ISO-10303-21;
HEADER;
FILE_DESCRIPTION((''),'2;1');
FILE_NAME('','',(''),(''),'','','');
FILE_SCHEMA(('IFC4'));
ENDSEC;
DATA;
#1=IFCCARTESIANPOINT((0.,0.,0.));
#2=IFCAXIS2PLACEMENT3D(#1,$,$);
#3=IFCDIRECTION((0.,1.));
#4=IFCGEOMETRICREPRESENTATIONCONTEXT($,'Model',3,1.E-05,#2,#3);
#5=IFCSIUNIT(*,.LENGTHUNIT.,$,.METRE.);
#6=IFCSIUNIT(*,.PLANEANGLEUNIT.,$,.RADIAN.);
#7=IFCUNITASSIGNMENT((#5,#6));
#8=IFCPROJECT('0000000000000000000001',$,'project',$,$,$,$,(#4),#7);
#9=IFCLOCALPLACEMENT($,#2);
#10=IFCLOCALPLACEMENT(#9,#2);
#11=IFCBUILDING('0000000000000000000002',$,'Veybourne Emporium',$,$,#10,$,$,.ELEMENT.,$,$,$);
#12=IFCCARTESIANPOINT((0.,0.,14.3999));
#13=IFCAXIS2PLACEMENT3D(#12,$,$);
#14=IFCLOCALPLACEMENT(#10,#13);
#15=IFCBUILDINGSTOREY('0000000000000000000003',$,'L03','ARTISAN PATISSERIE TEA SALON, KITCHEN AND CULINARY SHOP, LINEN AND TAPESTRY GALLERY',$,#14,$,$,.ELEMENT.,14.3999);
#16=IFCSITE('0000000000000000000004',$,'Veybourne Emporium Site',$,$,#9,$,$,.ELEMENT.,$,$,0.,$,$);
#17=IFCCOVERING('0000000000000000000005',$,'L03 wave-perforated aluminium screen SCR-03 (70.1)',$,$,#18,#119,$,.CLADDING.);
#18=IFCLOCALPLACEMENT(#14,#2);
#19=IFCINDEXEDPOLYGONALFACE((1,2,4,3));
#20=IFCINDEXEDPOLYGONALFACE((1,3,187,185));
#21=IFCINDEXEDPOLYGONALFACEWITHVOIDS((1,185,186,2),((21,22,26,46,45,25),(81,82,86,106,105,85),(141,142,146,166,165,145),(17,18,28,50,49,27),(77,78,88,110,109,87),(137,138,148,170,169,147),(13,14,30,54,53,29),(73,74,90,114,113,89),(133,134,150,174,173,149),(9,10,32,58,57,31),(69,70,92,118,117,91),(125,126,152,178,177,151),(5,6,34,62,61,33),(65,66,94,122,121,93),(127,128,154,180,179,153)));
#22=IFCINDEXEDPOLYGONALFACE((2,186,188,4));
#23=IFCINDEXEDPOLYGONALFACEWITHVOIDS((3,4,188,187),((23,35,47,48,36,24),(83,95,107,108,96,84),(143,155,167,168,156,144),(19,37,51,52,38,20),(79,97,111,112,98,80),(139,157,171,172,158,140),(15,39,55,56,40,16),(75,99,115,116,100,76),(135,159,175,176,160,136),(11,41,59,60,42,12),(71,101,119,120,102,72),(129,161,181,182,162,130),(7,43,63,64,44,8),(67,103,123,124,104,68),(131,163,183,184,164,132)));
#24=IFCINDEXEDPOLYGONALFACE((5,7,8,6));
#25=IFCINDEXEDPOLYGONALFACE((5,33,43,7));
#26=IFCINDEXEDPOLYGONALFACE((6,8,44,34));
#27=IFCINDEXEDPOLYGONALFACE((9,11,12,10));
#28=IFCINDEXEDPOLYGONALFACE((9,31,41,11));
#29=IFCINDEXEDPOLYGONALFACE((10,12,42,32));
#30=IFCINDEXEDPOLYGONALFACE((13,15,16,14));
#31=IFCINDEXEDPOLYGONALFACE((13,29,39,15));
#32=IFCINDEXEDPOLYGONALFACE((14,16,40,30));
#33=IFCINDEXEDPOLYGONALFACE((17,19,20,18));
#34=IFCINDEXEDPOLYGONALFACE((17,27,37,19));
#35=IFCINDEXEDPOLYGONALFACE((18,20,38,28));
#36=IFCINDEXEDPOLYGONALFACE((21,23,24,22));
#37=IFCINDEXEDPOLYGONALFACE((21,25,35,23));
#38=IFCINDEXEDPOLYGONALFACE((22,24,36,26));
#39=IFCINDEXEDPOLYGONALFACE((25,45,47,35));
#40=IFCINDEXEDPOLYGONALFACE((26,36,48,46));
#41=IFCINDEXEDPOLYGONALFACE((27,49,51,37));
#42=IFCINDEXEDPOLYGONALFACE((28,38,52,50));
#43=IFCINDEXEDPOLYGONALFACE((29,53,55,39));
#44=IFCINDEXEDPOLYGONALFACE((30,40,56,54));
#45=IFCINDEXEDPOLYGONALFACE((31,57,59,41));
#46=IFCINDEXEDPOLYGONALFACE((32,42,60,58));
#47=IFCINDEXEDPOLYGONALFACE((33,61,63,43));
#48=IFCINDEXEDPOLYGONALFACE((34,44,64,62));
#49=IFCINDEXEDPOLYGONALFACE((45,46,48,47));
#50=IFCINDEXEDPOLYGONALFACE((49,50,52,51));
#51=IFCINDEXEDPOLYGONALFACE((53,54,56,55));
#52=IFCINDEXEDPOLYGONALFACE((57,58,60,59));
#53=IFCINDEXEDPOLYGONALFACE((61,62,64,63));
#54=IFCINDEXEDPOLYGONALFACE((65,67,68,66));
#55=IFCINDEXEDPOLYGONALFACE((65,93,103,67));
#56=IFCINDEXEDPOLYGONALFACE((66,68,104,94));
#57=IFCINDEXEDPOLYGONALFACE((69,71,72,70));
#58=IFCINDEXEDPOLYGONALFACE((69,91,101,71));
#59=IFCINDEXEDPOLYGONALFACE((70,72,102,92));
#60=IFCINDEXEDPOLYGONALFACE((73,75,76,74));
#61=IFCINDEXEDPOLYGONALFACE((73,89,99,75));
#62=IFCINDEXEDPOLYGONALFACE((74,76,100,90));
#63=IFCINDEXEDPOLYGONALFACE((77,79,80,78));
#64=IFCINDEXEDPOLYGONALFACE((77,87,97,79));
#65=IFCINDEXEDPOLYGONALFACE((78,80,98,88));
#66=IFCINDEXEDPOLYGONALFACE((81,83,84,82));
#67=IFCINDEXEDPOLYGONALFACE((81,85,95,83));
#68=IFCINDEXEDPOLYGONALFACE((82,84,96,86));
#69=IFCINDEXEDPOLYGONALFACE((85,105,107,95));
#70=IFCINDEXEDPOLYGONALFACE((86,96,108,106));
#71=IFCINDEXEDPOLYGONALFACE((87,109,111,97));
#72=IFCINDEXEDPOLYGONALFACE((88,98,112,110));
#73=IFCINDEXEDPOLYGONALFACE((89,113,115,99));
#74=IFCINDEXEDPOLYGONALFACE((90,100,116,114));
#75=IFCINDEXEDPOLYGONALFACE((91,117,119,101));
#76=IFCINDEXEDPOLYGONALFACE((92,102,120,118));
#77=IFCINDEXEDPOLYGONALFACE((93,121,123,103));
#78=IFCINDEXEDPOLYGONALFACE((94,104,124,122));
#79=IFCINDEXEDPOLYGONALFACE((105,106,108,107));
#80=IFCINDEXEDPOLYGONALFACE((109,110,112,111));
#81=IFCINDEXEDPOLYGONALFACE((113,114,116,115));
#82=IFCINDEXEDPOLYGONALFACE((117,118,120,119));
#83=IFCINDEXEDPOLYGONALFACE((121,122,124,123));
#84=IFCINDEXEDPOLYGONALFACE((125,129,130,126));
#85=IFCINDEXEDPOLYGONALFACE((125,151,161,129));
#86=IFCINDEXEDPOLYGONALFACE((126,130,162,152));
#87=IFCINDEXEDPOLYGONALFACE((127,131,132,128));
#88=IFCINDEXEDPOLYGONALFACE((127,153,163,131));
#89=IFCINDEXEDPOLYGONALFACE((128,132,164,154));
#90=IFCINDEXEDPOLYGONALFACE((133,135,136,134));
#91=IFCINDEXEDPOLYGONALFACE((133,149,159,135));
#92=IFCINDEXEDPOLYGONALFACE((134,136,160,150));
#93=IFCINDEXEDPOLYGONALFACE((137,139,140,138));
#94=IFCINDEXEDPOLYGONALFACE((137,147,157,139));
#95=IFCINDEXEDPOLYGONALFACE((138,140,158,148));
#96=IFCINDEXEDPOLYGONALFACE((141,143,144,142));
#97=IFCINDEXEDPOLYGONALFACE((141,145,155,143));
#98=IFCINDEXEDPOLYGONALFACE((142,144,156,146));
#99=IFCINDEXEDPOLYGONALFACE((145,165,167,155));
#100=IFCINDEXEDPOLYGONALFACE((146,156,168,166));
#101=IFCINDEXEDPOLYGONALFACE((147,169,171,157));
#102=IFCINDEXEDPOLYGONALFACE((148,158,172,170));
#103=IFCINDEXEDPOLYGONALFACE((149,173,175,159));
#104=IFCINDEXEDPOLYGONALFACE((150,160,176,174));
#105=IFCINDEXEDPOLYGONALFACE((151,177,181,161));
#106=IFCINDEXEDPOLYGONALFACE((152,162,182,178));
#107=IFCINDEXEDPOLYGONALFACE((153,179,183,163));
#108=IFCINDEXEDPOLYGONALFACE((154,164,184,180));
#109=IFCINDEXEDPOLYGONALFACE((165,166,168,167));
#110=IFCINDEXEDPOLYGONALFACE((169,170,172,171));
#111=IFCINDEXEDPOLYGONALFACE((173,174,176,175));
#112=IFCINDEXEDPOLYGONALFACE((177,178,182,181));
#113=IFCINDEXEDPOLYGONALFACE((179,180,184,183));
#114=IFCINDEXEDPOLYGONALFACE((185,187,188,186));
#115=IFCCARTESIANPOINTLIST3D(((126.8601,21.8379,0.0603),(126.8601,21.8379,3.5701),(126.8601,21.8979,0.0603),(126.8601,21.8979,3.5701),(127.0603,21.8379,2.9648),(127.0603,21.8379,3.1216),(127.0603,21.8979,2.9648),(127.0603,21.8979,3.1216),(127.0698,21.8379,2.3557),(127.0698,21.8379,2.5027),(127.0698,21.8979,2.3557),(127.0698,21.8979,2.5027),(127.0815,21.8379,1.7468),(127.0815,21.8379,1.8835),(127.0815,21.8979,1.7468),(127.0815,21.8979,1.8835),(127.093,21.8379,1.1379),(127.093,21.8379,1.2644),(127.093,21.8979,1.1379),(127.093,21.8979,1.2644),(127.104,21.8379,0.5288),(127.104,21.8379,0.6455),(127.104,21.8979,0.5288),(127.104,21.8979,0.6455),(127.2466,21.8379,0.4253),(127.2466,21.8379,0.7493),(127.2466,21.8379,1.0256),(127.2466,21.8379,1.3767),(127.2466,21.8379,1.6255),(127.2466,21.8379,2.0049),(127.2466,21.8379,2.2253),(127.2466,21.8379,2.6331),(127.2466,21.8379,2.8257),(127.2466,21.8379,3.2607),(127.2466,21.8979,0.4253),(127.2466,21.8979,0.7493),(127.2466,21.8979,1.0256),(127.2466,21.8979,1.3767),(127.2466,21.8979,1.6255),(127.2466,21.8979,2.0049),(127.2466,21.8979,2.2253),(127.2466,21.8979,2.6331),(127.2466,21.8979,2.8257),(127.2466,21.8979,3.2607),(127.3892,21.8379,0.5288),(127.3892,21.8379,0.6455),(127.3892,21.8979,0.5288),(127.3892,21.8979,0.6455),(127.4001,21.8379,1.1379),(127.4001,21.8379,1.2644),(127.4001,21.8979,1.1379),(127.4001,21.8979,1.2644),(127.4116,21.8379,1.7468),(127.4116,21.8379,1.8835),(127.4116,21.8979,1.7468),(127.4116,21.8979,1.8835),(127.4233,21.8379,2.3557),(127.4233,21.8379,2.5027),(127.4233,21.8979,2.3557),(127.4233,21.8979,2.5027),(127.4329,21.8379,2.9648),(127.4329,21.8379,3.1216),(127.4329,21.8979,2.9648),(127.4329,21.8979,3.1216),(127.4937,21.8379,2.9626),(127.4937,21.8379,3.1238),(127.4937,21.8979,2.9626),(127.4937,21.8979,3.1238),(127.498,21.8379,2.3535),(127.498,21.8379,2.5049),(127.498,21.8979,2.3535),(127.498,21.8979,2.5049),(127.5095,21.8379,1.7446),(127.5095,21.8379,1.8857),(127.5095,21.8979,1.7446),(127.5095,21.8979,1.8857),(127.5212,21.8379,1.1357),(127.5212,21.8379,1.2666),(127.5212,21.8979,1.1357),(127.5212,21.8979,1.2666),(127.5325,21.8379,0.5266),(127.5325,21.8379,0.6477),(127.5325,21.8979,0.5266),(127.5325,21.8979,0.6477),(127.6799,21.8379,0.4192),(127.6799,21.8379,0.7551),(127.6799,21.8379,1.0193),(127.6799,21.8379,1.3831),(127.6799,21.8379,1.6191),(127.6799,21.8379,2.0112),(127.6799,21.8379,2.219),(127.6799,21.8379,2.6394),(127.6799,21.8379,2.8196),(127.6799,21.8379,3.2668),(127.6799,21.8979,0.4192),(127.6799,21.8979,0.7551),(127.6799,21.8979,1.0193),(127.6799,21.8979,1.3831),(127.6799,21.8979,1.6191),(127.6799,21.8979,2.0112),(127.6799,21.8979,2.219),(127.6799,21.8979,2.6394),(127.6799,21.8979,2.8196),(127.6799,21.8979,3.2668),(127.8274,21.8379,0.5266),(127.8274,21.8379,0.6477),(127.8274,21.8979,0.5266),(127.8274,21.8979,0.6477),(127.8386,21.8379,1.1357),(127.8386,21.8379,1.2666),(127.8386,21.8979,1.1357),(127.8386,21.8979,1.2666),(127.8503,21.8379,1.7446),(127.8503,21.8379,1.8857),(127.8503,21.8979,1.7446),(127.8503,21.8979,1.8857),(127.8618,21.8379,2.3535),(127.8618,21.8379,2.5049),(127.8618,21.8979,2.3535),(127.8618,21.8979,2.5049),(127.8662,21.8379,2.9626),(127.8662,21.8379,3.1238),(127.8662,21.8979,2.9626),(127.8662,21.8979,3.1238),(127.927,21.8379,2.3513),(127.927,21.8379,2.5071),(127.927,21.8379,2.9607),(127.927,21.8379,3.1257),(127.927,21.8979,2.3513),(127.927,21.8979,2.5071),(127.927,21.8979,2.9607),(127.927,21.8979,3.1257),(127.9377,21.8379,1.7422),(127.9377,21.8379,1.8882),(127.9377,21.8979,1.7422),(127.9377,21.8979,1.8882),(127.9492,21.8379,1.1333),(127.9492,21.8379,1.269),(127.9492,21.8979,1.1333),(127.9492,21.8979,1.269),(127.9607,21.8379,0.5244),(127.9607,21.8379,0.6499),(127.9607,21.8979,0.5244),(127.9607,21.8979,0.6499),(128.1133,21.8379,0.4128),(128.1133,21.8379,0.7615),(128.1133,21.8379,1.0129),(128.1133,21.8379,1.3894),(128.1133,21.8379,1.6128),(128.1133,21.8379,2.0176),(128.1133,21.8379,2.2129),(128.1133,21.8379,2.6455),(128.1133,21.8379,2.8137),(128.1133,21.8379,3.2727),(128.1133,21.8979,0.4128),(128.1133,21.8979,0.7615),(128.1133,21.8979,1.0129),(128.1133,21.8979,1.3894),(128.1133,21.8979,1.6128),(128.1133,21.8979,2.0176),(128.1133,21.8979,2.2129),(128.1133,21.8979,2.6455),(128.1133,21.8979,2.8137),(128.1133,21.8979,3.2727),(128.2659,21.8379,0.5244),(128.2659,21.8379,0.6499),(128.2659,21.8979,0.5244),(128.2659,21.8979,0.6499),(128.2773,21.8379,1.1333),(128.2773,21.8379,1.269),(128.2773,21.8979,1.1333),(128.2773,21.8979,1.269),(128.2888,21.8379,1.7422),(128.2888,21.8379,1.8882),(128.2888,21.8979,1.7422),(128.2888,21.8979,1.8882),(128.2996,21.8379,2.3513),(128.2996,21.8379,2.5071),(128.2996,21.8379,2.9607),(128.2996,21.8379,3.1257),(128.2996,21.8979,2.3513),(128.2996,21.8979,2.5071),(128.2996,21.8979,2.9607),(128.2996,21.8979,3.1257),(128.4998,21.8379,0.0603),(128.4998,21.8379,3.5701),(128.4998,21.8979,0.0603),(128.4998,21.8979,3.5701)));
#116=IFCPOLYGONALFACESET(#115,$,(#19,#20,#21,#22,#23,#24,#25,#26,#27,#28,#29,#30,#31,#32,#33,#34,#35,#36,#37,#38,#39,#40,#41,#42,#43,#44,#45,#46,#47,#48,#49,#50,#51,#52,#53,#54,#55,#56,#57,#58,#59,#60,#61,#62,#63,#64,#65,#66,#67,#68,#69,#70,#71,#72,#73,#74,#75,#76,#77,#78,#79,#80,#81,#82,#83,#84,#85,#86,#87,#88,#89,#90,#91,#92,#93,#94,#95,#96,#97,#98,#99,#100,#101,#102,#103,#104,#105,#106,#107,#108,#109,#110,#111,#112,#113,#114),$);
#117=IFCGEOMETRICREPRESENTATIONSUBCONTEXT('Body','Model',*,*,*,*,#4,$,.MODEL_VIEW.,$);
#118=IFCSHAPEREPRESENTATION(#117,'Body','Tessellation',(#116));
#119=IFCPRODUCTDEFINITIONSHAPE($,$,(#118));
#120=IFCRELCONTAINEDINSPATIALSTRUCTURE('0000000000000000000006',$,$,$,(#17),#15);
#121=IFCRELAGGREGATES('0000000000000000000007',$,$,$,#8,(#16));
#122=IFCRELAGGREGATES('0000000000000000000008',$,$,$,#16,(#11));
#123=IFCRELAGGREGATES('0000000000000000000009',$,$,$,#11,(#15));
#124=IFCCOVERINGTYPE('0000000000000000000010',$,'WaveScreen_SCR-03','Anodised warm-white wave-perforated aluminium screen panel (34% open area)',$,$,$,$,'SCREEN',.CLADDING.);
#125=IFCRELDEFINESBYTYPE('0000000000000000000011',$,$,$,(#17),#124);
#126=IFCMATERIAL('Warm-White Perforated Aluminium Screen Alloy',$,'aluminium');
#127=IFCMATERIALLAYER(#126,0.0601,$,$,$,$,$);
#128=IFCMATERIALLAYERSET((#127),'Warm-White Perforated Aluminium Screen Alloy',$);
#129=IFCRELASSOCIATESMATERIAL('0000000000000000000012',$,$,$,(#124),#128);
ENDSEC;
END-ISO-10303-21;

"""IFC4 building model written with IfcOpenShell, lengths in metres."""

from ifc_helpers import new_model, si_unit, direction, frame, origin, place, context, subcontext, project, spatial, polyline, outline, extrude, material, layer, layer_set, type_object, element, save


model = new_model("IFC4")

# Units and contexts
model_context = context("Model", 3, precision=1e-05, world=origin(), true_north=direction((0.0, 1.0)))
body_context = subcontext(model_context, "Body", "Model", "MODEL_VIEW")
ifc_project = project(units=[si_unit("LENGTHUNIT", "METRE"), si_unit("PLANEANGLEUNIT", "RADIAN")], contexts=[model_context])

# Site, building, storey
site_placement = place(None, origin())
site = spatial("IfcSite", under=ifc_project, at=site_placement, Name="Veybourne Emporium Site", CompositionType="ELEMENT", RefElevation=0.0)
building_placement = place(site_placement, origin())
building = spatial("IfcBuilding", under=site, at=building_placement, Name="Veybourne Emporium", CompositionType="ELEMENT")
storey_placement = place(building_placement, frame((0.0, 0.0, 14.3999)))
storey = spatial("IfcBuildingStorey", under=building, at=storey_placement, Name="L03", Description="ARTISAN PATISSERIE TEA SALON, KITCHEN AND CULINARY SHOP, LINEN AND TAPESTRY GALLERY", CompositionType="ELEMENT", Elevation=14.3999)

# Covering
ifc_material_1 = material(Name="Warm-White Perforated Aluminium Screen Alloy", Category="aluminium")
ifc_layer_1 = layer(ifc_material_1, 0.0601)
ifc_layer_set_1 = layer_set([ifc_layer_1], Name="Warm-White Perforated Aluminium Screen Alloy")
covering_type_1 = type_object("IfcCoveringType", Name="WaveScreen_SCR-03", Description="Anodised warm-white wave-perforated aluminium screen panel (34% open area)", ElementType="SCREEN", PredefinedType="CLADDING", material=ifc_layer_set_1)
covering_1_placement = place(storey_placement, frame((127.6799, 21.8979, 1.8152), z_axis=(0.0, -1.0, 0.0), x_axis=(1.0, 0.0, 0.0)))
element("IfcCovering", 1, at=covering_1_placement, inside=storey, type_object=covering_type_1, Name="L03 wave-perforated aluminium screen SCR-03 (70.1)", PredefinedType="CLADDING", context=body_context, shape_type="SweptSolid", body=[
    extrude(outline(polyline([(-0.8198, -1.7549), (0.8198, -1.7549), (0.8198, 1.7549), (-0.8198, 1.7549), (-0.8198, -1.7549)]), holes=[polyline([(-0.4333, -1.0659), (-0.2908, -1.1697), (-0.2908, -1.2864), (-0.4333, -1.3899), (-0.5759, -1.2864), (-0.5759, -1.1697), (-0.4333, -1.0659)]), polyline([(-0.4333, -0.4385), (-0.2798, -0.5508), (-0.2798, -0.6772), (-0.4333, -0.7896), (-0.5869, -0.6772), (-0.5869, -0.5508), (-0.4333, -0.4385)]), polyline([(-0.4333, 0.1897), (-0.2683, 0.0684), (-0.2683, -0.0684), (-0.4333, -0.1897), (-0.5984, -0.0684), (-0.5984, 0.0684), (-0.4333, 0.1897)]), polyline([(-0.4333, 0.8179), (-0.2566, 0.6875), (-0.2566, 0.5405), (-0.4333, 0.4102), (-0.6101, 0.5405), (-0.6101, 0.6875), (-0.4333, 0.8179)]), polyline([(-0.4333, 1.4456), (-0.2471, 1.3064), (-0.2471, 1.1497), (-0.4333, 1.0105), (-0.6196, 1.1497), (-0.6196, 1.3064), (-0.4333, 1.4456)]), polyline([(0.0, -1.0601), (0.1475, -1.1675), (0.1475, -1.2886), (0.0, -1.396), (-0.1475, -1.2886), (-0.1475, -1.1675), (0.0, -1.0601)]), polyline([(0.0, -0.4321), (0.1587, -0.5486), (0.1587, -0.6794), (0.0, -0.7959), (-0.1587, -0.6794), (-0.1587, -0.5486), (0.0, -0.4321)]), polyline([(0.0, 0.196), (0.1704, 0.0706), (0.1704, -0.0706), (0.0, -0.196), (-0.1704, -0.0706), (-0.1704, 0.0706), (0.0, 0.196)]), polyline([(0.0, 0.8242), (0.1819, 0.6897), (0.1819, 0.5383), (0.0, 0.4038), (-0.1819, 0.5383), (-0.1819, 0.6897), (0.0, 0.8242)]), polyline([(0.0, 1.4517), (0.1863, 1.3086), (0.1863, 1.1475), (0.0, 1.0044), (-0.1863, 1.1475), (-0.1863, 1.3086), (0.0, 1.4517)]), polyline([(0.4333, -1.0537), (0.5859, -1.1653), (0.5859, -1.2908), (0.4333, -1.4023), (0.2808, -1.2908), (0.2808, -1.1653), (0.4333, -1.0537)]), polyline([(0.4333, -0.4258), (0.5974, -0.5461), (0.5974, -0.6819), (0.4333, -0.8022), (0.2693, -0.6819), (0.2693, -0.5461), (0.4333, -0.4258)]), polyline([(0.4333, 0.2024), (0.6089, 0.073), (0.6089, -0.073), (0.4333, -0.2024), (0.2578, -0.073), (0.2578, 0.073), (0.4333, 0.2024)]), polyline([(0.4333, 0.8303), (0.6196, 0.6919), (0.6196, 0.5361), (0.4333, 0.3977), (0.2471, 0.5361), (0.2471, 0.6919), (0.4333, 0.8303)]), polyline([(0.4333, 1.4575), (0.6196, 1.3105), (0.6196, 1.1455), (0.4333, 0.9985), (0.2471, 1.1455), (0.2471, 1.3105), (0.4333, 1.4575)])]), origin(), (0.0, 0.0, 1.0), 0.0601),
])

save(model, "model.ifc")
